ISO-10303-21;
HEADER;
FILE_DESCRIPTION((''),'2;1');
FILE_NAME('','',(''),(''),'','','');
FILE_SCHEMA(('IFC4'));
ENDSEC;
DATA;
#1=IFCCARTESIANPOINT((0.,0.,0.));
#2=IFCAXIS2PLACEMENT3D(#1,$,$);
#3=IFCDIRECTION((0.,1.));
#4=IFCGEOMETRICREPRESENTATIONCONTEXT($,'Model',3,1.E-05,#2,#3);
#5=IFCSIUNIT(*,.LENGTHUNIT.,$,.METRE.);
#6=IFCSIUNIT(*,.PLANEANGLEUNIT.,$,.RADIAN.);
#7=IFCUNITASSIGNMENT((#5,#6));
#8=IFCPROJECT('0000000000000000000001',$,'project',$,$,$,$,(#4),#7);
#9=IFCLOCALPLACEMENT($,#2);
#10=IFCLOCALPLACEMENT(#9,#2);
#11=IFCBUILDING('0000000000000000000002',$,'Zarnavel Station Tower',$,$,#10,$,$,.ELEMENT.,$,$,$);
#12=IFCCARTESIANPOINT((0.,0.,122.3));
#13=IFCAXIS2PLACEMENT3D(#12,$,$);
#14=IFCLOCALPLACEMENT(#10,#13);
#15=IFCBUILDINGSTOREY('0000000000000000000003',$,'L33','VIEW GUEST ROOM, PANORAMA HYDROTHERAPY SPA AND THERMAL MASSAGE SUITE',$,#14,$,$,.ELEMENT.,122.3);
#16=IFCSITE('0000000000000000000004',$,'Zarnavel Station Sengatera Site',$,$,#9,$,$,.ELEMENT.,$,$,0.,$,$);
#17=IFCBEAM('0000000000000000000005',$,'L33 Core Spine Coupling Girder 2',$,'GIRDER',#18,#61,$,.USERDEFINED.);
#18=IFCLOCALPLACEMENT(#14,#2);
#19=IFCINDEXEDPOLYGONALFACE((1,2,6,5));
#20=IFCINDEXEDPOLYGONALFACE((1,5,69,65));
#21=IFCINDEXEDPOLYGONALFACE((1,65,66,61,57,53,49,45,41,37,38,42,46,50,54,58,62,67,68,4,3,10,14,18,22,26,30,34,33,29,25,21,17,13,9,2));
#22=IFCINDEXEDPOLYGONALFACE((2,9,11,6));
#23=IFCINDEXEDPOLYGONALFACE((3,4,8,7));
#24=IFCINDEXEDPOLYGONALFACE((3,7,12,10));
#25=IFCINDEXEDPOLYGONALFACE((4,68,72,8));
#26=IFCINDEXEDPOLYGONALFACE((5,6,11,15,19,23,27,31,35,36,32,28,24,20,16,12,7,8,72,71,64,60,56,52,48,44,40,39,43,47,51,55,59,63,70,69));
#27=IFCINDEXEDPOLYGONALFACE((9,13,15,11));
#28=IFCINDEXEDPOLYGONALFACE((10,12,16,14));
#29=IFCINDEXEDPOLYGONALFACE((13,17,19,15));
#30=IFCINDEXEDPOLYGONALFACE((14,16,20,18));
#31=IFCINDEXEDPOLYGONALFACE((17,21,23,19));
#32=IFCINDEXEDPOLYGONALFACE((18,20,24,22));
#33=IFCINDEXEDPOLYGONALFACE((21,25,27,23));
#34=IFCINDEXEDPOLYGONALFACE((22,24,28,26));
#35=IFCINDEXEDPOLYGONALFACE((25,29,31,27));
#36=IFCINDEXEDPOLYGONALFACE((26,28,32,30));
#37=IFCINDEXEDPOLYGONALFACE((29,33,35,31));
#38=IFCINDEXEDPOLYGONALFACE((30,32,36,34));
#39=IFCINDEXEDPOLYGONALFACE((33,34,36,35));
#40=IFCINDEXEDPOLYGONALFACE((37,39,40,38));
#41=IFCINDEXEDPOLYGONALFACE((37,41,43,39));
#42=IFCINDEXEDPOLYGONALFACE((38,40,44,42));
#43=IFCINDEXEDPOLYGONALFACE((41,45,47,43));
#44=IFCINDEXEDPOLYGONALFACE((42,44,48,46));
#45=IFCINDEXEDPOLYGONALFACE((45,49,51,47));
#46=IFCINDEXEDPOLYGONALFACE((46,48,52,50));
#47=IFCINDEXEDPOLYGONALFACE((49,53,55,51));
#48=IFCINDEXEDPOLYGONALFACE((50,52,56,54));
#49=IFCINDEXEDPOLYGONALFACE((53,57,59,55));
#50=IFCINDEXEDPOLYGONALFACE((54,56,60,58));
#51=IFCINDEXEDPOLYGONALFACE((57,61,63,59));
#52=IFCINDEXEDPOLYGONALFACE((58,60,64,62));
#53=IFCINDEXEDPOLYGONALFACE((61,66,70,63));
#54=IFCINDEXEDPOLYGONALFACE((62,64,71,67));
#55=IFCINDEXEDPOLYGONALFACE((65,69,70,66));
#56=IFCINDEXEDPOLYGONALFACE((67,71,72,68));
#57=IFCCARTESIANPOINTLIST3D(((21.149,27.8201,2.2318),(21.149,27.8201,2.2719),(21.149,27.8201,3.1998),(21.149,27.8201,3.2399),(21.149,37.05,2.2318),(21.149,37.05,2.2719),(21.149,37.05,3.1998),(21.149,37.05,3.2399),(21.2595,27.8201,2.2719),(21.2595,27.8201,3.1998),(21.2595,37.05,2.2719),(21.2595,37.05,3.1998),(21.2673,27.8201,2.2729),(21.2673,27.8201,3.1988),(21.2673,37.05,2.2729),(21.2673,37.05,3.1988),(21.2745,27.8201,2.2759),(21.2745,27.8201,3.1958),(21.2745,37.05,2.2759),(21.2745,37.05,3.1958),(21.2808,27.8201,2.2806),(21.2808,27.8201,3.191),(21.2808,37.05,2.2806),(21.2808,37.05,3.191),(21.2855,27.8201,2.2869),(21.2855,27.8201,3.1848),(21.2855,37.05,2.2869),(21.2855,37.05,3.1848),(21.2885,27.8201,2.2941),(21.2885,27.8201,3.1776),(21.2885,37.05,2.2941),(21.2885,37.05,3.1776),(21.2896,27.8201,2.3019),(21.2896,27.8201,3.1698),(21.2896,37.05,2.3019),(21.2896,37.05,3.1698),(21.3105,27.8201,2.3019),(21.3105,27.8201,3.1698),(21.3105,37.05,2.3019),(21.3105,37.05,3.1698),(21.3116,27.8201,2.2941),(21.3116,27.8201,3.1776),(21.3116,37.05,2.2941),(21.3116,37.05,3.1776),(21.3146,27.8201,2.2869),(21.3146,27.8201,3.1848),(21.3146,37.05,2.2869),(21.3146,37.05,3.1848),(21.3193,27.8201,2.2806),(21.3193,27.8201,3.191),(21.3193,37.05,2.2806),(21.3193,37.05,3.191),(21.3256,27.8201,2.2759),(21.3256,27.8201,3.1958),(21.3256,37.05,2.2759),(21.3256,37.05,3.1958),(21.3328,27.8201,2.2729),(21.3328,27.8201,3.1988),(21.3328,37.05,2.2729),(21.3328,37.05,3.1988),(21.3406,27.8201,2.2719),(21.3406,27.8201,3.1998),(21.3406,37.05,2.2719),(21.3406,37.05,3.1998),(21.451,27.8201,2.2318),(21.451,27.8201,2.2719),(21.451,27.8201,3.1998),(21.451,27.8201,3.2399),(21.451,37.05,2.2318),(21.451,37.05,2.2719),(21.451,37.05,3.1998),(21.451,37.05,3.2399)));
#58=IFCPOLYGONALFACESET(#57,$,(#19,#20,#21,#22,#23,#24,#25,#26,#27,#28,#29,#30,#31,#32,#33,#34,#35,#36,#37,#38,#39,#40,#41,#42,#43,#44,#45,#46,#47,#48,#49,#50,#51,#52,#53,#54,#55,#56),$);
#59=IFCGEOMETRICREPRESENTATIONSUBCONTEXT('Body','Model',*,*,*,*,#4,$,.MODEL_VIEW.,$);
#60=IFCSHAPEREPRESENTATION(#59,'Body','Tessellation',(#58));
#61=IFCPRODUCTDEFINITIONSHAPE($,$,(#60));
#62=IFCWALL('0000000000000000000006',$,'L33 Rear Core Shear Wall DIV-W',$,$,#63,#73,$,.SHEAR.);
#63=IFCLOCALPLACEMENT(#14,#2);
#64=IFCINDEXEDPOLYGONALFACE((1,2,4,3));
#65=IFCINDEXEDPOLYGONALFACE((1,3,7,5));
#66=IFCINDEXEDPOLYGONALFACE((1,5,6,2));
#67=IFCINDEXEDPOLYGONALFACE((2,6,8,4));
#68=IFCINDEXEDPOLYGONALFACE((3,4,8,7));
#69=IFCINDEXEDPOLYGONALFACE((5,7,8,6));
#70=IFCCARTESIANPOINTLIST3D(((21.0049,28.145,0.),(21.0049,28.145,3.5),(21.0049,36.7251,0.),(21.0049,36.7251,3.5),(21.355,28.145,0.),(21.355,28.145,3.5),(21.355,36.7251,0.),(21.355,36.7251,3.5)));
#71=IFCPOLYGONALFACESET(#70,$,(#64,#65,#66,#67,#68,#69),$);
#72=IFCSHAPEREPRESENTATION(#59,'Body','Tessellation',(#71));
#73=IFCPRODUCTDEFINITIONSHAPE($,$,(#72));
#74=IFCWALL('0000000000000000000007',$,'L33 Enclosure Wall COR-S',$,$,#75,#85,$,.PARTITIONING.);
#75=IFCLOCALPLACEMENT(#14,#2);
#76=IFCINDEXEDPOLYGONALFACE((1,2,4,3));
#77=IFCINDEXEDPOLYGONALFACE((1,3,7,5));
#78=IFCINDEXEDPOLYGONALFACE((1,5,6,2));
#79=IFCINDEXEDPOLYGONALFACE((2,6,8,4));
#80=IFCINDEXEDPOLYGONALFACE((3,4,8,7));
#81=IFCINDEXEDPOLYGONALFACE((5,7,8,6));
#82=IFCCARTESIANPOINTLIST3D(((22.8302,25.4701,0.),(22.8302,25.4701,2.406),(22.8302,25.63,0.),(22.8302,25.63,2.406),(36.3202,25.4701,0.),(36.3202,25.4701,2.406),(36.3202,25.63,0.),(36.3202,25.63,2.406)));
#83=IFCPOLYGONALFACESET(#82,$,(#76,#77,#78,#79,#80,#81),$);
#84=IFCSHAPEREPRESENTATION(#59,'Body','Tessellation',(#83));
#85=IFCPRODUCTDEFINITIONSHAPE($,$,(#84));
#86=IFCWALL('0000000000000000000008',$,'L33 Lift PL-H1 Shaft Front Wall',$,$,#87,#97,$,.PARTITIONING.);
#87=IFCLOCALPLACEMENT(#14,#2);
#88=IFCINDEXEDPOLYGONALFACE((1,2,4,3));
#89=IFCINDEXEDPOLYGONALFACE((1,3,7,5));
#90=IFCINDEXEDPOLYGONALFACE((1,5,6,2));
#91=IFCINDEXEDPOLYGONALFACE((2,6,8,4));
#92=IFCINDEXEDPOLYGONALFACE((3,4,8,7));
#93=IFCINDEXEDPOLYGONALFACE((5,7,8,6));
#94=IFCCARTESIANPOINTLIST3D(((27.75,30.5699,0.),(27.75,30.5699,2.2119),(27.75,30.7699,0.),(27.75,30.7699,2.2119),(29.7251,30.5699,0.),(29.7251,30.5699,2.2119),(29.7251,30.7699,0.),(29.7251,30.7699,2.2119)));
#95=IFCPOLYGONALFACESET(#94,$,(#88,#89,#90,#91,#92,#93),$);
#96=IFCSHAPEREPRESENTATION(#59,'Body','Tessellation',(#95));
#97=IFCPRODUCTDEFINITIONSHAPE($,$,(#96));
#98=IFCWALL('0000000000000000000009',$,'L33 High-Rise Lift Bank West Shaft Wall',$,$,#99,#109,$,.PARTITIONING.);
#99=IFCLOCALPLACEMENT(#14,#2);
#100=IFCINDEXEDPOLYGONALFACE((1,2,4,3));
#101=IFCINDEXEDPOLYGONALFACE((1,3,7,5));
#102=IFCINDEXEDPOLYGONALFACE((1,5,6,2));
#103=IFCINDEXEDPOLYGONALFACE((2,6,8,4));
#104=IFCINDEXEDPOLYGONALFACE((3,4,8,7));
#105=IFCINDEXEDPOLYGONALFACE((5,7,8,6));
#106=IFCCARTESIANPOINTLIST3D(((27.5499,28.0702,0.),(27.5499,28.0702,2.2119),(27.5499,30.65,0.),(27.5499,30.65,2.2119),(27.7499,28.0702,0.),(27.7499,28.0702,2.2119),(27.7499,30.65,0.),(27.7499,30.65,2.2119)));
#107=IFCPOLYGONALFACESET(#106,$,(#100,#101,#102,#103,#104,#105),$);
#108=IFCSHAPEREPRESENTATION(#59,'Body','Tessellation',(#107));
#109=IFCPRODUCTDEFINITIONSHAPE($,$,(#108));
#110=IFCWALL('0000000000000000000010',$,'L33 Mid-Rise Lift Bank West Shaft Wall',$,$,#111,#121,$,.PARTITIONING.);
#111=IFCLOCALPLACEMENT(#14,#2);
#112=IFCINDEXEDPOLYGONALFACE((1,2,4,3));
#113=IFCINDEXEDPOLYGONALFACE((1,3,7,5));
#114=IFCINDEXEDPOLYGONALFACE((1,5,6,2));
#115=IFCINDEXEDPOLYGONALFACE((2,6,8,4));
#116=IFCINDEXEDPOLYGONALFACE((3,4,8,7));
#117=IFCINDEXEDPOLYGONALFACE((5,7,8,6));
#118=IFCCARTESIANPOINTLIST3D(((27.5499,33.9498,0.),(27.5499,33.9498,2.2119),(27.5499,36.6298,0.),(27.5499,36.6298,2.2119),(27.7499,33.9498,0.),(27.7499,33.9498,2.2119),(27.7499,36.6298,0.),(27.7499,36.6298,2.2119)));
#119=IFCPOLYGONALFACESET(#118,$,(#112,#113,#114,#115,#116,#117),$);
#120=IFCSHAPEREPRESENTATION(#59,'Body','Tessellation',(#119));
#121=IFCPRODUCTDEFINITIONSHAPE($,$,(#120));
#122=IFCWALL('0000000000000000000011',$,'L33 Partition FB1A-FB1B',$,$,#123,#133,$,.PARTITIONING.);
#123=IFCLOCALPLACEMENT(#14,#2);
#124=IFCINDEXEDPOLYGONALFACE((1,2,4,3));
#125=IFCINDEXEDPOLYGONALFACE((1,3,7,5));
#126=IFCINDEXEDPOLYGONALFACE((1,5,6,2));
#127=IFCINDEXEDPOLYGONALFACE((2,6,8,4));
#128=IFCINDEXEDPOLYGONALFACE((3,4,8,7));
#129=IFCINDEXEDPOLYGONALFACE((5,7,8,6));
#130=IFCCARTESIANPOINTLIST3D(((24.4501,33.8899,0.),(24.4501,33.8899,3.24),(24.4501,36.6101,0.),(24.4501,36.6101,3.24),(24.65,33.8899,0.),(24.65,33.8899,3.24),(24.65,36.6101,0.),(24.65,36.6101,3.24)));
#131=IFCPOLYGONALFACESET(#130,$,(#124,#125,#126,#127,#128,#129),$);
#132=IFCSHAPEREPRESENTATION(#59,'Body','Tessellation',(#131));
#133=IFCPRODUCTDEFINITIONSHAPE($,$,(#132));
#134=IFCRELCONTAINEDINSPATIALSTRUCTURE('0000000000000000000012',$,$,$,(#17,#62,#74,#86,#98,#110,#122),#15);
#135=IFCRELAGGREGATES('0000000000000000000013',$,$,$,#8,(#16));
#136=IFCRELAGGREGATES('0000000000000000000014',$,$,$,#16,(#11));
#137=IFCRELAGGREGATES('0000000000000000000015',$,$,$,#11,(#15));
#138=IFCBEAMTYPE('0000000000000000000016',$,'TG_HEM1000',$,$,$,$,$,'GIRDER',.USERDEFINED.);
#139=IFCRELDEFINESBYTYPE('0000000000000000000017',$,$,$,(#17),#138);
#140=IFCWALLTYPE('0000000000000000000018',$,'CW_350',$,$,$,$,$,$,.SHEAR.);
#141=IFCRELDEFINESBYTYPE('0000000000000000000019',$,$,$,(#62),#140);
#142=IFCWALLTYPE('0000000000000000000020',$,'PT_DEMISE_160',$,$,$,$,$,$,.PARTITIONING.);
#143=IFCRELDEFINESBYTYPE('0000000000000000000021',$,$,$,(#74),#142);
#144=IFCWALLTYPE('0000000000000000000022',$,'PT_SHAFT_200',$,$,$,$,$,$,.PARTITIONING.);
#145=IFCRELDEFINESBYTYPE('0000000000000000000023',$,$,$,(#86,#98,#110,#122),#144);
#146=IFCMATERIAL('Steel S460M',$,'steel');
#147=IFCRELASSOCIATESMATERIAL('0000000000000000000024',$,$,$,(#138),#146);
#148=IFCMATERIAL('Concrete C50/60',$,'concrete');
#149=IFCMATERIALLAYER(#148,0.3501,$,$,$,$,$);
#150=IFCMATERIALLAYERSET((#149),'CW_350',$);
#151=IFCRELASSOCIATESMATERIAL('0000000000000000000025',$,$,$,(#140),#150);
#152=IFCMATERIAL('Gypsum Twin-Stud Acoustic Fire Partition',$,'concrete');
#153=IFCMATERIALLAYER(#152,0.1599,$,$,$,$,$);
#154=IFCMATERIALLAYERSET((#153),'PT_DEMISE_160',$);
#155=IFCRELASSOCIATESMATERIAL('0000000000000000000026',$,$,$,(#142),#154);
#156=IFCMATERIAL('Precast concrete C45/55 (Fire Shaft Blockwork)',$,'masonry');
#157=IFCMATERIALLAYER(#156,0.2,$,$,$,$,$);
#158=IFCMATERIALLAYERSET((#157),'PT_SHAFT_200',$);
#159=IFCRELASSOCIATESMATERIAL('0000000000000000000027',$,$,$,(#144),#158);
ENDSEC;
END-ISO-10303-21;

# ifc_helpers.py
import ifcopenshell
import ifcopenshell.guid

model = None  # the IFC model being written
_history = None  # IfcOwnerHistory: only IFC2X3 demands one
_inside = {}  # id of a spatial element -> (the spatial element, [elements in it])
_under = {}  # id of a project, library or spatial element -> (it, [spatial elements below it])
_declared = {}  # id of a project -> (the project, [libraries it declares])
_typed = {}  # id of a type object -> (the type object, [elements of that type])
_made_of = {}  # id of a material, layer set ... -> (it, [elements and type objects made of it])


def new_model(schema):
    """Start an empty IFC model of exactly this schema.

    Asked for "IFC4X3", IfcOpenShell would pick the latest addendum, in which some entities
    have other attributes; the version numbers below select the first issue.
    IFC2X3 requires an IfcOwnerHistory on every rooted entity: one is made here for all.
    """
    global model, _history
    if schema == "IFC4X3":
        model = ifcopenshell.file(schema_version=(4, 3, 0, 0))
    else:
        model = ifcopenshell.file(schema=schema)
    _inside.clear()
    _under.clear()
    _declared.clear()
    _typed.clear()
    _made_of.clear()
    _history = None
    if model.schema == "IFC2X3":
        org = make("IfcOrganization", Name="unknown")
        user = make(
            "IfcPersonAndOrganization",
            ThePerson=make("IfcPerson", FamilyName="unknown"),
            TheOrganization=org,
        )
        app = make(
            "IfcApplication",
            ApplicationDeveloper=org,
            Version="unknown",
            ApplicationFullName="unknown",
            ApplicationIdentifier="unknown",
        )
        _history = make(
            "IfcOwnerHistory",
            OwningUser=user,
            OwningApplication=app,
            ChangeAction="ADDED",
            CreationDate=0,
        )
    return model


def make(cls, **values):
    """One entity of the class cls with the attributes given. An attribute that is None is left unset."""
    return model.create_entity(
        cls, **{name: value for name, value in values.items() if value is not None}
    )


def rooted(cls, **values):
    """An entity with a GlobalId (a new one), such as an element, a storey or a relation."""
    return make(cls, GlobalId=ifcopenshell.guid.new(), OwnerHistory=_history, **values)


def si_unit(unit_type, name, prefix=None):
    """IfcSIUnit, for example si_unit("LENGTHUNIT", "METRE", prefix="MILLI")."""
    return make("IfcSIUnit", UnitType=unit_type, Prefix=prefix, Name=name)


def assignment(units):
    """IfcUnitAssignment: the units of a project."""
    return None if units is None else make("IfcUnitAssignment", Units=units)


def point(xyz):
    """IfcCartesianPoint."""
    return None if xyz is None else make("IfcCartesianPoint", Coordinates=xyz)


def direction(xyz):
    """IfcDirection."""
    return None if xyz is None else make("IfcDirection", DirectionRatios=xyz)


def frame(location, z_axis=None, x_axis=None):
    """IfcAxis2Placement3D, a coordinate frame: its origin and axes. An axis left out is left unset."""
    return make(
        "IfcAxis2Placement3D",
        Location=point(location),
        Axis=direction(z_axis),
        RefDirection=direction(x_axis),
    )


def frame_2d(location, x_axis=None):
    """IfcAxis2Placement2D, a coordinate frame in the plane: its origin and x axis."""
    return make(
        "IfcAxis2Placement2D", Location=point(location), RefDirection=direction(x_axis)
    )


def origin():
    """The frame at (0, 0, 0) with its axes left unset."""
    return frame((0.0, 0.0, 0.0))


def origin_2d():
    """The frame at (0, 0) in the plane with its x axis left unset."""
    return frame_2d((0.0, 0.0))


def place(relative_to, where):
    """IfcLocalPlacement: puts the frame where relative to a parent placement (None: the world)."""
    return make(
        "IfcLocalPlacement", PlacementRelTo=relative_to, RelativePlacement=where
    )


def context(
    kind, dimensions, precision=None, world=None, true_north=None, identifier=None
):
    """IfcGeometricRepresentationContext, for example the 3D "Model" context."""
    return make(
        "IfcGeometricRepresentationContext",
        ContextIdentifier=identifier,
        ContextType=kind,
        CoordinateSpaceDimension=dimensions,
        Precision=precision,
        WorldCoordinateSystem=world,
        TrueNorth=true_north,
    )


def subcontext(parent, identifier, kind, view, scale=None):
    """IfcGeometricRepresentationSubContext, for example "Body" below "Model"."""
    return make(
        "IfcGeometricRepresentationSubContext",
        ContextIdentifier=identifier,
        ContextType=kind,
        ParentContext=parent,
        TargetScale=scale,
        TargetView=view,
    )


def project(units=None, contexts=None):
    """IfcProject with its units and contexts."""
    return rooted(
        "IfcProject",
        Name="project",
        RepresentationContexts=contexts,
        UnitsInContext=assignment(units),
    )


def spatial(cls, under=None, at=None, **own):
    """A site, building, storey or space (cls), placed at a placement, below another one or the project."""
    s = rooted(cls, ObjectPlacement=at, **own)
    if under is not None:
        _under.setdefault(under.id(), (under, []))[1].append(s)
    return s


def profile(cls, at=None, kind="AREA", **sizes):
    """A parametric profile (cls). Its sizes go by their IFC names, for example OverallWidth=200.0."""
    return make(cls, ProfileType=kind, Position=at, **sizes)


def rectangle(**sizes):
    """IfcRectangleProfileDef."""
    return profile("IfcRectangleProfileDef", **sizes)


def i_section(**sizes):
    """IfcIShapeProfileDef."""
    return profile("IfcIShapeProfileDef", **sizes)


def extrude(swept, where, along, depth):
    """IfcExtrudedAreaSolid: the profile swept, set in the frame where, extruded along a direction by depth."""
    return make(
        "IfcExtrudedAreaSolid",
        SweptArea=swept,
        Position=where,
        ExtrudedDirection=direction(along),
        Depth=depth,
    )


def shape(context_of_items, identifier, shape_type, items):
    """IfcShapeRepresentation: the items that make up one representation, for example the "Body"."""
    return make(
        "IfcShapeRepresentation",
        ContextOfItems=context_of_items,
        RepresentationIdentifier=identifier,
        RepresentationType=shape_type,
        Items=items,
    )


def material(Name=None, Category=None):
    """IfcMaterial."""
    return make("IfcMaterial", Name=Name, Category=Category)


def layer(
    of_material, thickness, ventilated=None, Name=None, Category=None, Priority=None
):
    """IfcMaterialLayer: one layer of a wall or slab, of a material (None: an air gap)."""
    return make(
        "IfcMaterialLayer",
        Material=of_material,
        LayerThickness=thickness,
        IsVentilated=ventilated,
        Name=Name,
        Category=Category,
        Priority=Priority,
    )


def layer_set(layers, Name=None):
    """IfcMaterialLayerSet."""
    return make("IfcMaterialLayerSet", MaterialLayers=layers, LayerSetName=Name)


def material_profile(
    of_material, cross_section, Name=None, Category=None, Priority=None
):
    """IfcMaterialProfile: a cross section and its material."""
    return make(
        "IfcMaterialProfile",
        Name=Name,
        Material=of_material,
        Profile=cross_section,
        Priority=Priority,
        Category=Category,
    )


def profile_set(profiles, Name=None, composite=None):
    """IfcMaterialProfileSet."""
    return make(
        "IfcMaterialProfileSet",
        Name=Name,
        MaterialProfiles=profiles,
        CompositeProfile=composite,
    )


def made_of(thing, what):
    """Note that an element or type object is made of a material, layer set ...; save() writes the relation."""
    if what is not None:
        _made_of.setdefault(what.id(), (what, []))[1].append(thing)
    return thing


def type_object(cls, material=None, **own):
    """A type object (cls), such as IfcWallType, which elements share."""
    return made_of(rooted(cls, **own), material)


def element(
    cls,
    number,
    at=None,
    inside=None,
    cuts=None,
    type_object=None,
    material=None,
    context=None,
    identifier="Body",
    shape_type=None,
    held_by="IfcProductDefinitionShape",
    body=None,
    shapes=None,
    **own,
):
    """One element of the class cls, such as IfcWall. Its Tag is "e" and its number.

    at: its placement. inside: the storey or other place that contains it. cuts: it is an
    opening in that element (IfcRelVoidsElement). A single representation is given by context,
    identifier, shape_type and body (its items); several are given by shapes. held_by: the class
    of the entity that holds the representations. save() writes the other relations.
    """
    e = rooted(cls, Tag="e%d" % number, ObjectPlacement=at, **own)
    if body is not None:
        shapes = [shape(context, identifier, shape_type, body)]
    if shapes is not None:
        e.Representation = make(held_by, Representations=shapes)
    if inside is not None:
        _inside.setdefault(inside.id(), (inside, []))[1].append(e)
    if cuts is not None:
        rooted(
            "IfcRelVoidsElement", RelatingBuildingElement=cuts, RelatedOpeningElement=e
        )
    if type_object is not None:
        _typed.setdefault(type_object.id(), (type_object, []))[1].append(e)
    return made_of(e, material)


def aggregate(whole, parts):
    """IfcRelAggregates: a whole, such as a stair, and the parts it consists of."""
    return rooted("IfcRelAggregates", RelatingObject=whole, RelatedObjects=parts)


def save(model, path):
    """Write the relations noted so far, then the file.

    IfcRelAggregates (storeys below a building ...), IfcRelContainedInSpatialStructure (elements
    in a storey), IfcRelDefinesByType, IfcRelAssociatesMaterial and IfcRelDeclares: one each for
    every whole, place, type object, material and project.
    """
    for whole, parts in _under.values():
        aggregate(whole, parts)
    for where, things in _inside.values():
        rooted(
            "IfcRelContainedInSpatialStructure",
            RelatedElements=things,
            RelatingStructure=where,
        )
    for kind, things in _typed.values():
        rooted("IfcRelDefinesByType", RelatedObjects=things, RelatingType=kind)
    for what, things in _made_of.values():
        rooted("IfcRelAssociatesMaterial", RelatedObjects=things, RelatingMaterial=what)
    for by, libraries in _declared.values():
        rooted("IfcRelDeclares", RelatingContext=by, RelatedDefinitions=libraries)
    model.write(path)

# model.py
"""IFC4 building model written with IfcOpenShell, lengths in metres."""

from ifc_helpers import new_model, si_unit, direction, frame, frame_2d, origin, origin_2d, place, context, subcontext, project, spatial, rectangle, i_section, extrude, material, layer, layer_set, material_profile, profile_set, type_object, element, save


model = new_model("IFC4")

# Units and contexts
model_context = context("Model", 3, precision=1e-05, world=origin(), true_north=direction((0.0, 1.0)))
body_context = subcontext(model_context, "Body", "Model", "MODEL_VIEW")
ifc_project = project(units=[si_unit("LENGTHUNIT", "METRE"), si_unit("PLANEANGLEUNIT", "RADIAN")], contexts=[model_context])

# Site, building, storey
site_placement = place(None, origin())
site = spatial("IfcSite", under=ifc_project, at=site_placement, Name="Zarnavel Station Sengatera Site", CompositionType="ELEMENT", RefElevation=0.0)
building_placement = place(site_placement, origin())
building = spatial("IfcBuilding", under=site, at=building_placement, Name="Zarnavel Station Tower", CompositionType="ELEMENT")
storey_placement = place(building_placement, frame((0.0, 0.0, 122.3)))
storey = spatial("IfcBuildingStorey", under=building, at=storey_placement, Name="L33", Description="VIEW GUEST ROOM, PANORAMA HYDROTHERAPY SPA AND THERMAL MASSAGE SUITE", CompositionType="ELEMENT", Elevation=122.3)

# Beam
ifc_material_1 = material(Name="Steel S460M", Category="steel")
ifc_material_profile_1 = material_profile(ifc_material_1, i_section(OverallWidth=0.302, OverallDepth=1.0081, WebThickness=0.021, FlangeThickness=0.04, FilletRadius=0.03, at=origin_2d()), Name="HEM1000")
ifc_profile_set_1 = profile_set([ifc_material_profile_1], Name="Steel S460M")
beam_type_1 = type_object("IfcBeamType", Name="TG_HEM1000", ElementType="GIRDER", PredefinedType="USERDEFINED", material=ifc_profile_set_1)
beam_1_placement = place(storey_placement, frame((21.3, 27.8201, 2.7358), z_axis=(0.0, 1.0, 0.0), x_axis=(-1.0, 0.0, 0.0)))
element("IfcBeam", 1, at=beam_1_placement, inside=storey, type_object=beam_type_1, Name="L33 Core Spine Coupling Girder 2", ObjectType="GIRDER", PredefinedType="USERDEFINED", context=body_context, shape_type="SweptSolid", body=[
    extrude(i_section(OverallWidth=0.302, OverallDepth=1.0081, WebThickness=0.021, FlangeThickness=0.04, FilletRadius=0.03, at=origin_2d()), origin(), (0.0, 0.0, 1.0), 9.23),
])

# Wall
ifc_material_2 = material(Name="Concrete C50/60", Category="concrete")
ifc_layer_1 = layer(ifc_material_2, 0.3501)
ifc_layer_set_1 = layer_set([ifc_layer_1], Name="CW_350")
wall_type_1 = type_object("IfcWallType", Name="CW_350", PredefinedType="SHEAR", material=ifc_layer_set_1)
wall_1_placement = place(storey_placement, frame((21.1799, 28.145, 0.0), z_axis=(0.0, 0.0, 1.0), x_axis=(0.0, 1.0, 0.0)))
element("IfcWall", 2, at=wall_1_placement, inside=storey, type_object=wall_type_1, Name="L33 Rear Core Shear Wall DIV-W", PredefinedType="SHEAR", context=body_context, shape_type="SweptSolid", body=[
    extrude(rectangle(XDim=8.5801, YDim=0.3501, at=frame_2d((4.29, 0.0))), origin(), (0.0, 0.0, 1.0), 3.5),
])

# Walls
ifc_material_3 = material(Name="Gypsum Twin-Stud Acoustic Fire Partition", Category="concrete")
ifc_layer_2 = layer(ifc_material_3, 0.1599)
ifc_layer_set_2 = layer_set([ifc_layer_2], Name="PT_DEMISE_160")
wall_type_2 = type_object("IfcWallType", Name="PT_DEMISE_160", PredefinedType="PARTITIONING", material=ifc_layer_set_2)
wall_2_placement = place(storey_placement, frame((22.8301, 25.55, 0.0), z_axis=(0.0, 0.0, 1.0), x_axis=(1.0, 0.0, 0.0)))
element("IfcWall", 3, at=wall_2_placement, inside=storey, type_object=wall_type_2, Name="L33 Enclosure Wall COR-S", PredefinedType="PARTITIONING", context=body_context, shape_type="SweptSolid", body=[
    extrude(rectangle(XDim=13.49, YDim=0.1599, at=frame_2d((6.7451, 0.0))), origin(), (0.0, 0.0, 1.0), 2.406),
])
ifc_material_4 = material(Name="Precast concrete C45/55 (Fire Shaft Blockwork)", Category="masonry")
ifc_layer_3 = layer(ifc_material_4, 0.2)
ifc_layer_set_3 = layer_set([ifc_layer_3], Name="PT_SHAFT_200")
wall_type_3 = type_object("IfcWallType", Name="PT_SHAFT_200", PredefinedType="PARTITIONING", material=ifc_layer_set_3)
wall_3_placement = place(storey_placement, frame((27.75, 30.6699, 0.0), z_axis=(0.0, 0.0, 1.0), x_axis=(1.0, 0.0, 0.0)))
element("IfcWall", 4, at=wall_3_placement, inside=storey, type_object=wall_type_3, Name="L33 Lift PL-H1 Shaft Front Wall", PredefinedType="PARTITIONING", context=body_context, shape_type="SweptSolid", body=[
    extrude(rectangle(XDim=1.9751, YDim=0.2, at=frame_2d((0.9875, 0.0))), origin(), (0.0, 0.0, 1.0), 2.2119),
])
wall_4_placement = place(storey_placement, frame((27.6499, 28.0701, 0.0), z_axis=(0.0, 0.0, 1.0), x_axis=(0.0, 1.0, 0.0)))
element("IfcWall", 5, at=wall_4_placement, inside=storey, type_object=wall_type_3, Name="L33 High-Rise Lift Bank West Shaft Wall", PredefinedType="PARTITIONING", context=body_context, shape_type="SweptSolid", body=[
    extrude(rectangle(XDim=2.5798, YDim=0.2, at=frame_2d((1.29, 0.0))), origin(), (0.0, 0.0, 1.0), 2.2119),
])

# Wall
wall_5_placement = place(storey_placement, frame((27.6499, 33.95, 0.0), z_axis=(0.0, 0.0, 1.0), x_axis=(0.0, 1.0, 0.0)))
element("IfcWall", 6, at=wall_5_placement, inside=storey, type_object=wall_type_3, Name="L33 Mid-Rise Lift Bank West Shaft Wall", PredefinedType="PARTITIONING", context=body_context, shape_type="SweptSolid", body=[
    extrude(rectangle(XDim=2.6799, YDim=0.2, at=frame_2d((1.3398, 0.0))), origin(), (0.0, 0.0, 1.0), 2.2119),
])

# Wall
wall_6_placement = place(storey_placement, frame((24.55, 33.8899, 0.0), z_axis=(0.0, 0.0, 1.0), x_axis=(0.0, 1.0, 0.0)))
element("IfcWall", 7, at=wall_6_placement, inside=storey, type_object=wall_type_3, Name="L33 Partition FB1A-FB1B", PredefinedType="PARTITIONING", context=body_context, shape_type="SweptSolid", body=[
    extrude(rectangle(XDim=2.7202, YDim=0.2, at=frame_2d((1.3601, 0.0))), origin(), (0.0, 0.0, 1.0), 3.24),
])

save(model, "model.ifc")
